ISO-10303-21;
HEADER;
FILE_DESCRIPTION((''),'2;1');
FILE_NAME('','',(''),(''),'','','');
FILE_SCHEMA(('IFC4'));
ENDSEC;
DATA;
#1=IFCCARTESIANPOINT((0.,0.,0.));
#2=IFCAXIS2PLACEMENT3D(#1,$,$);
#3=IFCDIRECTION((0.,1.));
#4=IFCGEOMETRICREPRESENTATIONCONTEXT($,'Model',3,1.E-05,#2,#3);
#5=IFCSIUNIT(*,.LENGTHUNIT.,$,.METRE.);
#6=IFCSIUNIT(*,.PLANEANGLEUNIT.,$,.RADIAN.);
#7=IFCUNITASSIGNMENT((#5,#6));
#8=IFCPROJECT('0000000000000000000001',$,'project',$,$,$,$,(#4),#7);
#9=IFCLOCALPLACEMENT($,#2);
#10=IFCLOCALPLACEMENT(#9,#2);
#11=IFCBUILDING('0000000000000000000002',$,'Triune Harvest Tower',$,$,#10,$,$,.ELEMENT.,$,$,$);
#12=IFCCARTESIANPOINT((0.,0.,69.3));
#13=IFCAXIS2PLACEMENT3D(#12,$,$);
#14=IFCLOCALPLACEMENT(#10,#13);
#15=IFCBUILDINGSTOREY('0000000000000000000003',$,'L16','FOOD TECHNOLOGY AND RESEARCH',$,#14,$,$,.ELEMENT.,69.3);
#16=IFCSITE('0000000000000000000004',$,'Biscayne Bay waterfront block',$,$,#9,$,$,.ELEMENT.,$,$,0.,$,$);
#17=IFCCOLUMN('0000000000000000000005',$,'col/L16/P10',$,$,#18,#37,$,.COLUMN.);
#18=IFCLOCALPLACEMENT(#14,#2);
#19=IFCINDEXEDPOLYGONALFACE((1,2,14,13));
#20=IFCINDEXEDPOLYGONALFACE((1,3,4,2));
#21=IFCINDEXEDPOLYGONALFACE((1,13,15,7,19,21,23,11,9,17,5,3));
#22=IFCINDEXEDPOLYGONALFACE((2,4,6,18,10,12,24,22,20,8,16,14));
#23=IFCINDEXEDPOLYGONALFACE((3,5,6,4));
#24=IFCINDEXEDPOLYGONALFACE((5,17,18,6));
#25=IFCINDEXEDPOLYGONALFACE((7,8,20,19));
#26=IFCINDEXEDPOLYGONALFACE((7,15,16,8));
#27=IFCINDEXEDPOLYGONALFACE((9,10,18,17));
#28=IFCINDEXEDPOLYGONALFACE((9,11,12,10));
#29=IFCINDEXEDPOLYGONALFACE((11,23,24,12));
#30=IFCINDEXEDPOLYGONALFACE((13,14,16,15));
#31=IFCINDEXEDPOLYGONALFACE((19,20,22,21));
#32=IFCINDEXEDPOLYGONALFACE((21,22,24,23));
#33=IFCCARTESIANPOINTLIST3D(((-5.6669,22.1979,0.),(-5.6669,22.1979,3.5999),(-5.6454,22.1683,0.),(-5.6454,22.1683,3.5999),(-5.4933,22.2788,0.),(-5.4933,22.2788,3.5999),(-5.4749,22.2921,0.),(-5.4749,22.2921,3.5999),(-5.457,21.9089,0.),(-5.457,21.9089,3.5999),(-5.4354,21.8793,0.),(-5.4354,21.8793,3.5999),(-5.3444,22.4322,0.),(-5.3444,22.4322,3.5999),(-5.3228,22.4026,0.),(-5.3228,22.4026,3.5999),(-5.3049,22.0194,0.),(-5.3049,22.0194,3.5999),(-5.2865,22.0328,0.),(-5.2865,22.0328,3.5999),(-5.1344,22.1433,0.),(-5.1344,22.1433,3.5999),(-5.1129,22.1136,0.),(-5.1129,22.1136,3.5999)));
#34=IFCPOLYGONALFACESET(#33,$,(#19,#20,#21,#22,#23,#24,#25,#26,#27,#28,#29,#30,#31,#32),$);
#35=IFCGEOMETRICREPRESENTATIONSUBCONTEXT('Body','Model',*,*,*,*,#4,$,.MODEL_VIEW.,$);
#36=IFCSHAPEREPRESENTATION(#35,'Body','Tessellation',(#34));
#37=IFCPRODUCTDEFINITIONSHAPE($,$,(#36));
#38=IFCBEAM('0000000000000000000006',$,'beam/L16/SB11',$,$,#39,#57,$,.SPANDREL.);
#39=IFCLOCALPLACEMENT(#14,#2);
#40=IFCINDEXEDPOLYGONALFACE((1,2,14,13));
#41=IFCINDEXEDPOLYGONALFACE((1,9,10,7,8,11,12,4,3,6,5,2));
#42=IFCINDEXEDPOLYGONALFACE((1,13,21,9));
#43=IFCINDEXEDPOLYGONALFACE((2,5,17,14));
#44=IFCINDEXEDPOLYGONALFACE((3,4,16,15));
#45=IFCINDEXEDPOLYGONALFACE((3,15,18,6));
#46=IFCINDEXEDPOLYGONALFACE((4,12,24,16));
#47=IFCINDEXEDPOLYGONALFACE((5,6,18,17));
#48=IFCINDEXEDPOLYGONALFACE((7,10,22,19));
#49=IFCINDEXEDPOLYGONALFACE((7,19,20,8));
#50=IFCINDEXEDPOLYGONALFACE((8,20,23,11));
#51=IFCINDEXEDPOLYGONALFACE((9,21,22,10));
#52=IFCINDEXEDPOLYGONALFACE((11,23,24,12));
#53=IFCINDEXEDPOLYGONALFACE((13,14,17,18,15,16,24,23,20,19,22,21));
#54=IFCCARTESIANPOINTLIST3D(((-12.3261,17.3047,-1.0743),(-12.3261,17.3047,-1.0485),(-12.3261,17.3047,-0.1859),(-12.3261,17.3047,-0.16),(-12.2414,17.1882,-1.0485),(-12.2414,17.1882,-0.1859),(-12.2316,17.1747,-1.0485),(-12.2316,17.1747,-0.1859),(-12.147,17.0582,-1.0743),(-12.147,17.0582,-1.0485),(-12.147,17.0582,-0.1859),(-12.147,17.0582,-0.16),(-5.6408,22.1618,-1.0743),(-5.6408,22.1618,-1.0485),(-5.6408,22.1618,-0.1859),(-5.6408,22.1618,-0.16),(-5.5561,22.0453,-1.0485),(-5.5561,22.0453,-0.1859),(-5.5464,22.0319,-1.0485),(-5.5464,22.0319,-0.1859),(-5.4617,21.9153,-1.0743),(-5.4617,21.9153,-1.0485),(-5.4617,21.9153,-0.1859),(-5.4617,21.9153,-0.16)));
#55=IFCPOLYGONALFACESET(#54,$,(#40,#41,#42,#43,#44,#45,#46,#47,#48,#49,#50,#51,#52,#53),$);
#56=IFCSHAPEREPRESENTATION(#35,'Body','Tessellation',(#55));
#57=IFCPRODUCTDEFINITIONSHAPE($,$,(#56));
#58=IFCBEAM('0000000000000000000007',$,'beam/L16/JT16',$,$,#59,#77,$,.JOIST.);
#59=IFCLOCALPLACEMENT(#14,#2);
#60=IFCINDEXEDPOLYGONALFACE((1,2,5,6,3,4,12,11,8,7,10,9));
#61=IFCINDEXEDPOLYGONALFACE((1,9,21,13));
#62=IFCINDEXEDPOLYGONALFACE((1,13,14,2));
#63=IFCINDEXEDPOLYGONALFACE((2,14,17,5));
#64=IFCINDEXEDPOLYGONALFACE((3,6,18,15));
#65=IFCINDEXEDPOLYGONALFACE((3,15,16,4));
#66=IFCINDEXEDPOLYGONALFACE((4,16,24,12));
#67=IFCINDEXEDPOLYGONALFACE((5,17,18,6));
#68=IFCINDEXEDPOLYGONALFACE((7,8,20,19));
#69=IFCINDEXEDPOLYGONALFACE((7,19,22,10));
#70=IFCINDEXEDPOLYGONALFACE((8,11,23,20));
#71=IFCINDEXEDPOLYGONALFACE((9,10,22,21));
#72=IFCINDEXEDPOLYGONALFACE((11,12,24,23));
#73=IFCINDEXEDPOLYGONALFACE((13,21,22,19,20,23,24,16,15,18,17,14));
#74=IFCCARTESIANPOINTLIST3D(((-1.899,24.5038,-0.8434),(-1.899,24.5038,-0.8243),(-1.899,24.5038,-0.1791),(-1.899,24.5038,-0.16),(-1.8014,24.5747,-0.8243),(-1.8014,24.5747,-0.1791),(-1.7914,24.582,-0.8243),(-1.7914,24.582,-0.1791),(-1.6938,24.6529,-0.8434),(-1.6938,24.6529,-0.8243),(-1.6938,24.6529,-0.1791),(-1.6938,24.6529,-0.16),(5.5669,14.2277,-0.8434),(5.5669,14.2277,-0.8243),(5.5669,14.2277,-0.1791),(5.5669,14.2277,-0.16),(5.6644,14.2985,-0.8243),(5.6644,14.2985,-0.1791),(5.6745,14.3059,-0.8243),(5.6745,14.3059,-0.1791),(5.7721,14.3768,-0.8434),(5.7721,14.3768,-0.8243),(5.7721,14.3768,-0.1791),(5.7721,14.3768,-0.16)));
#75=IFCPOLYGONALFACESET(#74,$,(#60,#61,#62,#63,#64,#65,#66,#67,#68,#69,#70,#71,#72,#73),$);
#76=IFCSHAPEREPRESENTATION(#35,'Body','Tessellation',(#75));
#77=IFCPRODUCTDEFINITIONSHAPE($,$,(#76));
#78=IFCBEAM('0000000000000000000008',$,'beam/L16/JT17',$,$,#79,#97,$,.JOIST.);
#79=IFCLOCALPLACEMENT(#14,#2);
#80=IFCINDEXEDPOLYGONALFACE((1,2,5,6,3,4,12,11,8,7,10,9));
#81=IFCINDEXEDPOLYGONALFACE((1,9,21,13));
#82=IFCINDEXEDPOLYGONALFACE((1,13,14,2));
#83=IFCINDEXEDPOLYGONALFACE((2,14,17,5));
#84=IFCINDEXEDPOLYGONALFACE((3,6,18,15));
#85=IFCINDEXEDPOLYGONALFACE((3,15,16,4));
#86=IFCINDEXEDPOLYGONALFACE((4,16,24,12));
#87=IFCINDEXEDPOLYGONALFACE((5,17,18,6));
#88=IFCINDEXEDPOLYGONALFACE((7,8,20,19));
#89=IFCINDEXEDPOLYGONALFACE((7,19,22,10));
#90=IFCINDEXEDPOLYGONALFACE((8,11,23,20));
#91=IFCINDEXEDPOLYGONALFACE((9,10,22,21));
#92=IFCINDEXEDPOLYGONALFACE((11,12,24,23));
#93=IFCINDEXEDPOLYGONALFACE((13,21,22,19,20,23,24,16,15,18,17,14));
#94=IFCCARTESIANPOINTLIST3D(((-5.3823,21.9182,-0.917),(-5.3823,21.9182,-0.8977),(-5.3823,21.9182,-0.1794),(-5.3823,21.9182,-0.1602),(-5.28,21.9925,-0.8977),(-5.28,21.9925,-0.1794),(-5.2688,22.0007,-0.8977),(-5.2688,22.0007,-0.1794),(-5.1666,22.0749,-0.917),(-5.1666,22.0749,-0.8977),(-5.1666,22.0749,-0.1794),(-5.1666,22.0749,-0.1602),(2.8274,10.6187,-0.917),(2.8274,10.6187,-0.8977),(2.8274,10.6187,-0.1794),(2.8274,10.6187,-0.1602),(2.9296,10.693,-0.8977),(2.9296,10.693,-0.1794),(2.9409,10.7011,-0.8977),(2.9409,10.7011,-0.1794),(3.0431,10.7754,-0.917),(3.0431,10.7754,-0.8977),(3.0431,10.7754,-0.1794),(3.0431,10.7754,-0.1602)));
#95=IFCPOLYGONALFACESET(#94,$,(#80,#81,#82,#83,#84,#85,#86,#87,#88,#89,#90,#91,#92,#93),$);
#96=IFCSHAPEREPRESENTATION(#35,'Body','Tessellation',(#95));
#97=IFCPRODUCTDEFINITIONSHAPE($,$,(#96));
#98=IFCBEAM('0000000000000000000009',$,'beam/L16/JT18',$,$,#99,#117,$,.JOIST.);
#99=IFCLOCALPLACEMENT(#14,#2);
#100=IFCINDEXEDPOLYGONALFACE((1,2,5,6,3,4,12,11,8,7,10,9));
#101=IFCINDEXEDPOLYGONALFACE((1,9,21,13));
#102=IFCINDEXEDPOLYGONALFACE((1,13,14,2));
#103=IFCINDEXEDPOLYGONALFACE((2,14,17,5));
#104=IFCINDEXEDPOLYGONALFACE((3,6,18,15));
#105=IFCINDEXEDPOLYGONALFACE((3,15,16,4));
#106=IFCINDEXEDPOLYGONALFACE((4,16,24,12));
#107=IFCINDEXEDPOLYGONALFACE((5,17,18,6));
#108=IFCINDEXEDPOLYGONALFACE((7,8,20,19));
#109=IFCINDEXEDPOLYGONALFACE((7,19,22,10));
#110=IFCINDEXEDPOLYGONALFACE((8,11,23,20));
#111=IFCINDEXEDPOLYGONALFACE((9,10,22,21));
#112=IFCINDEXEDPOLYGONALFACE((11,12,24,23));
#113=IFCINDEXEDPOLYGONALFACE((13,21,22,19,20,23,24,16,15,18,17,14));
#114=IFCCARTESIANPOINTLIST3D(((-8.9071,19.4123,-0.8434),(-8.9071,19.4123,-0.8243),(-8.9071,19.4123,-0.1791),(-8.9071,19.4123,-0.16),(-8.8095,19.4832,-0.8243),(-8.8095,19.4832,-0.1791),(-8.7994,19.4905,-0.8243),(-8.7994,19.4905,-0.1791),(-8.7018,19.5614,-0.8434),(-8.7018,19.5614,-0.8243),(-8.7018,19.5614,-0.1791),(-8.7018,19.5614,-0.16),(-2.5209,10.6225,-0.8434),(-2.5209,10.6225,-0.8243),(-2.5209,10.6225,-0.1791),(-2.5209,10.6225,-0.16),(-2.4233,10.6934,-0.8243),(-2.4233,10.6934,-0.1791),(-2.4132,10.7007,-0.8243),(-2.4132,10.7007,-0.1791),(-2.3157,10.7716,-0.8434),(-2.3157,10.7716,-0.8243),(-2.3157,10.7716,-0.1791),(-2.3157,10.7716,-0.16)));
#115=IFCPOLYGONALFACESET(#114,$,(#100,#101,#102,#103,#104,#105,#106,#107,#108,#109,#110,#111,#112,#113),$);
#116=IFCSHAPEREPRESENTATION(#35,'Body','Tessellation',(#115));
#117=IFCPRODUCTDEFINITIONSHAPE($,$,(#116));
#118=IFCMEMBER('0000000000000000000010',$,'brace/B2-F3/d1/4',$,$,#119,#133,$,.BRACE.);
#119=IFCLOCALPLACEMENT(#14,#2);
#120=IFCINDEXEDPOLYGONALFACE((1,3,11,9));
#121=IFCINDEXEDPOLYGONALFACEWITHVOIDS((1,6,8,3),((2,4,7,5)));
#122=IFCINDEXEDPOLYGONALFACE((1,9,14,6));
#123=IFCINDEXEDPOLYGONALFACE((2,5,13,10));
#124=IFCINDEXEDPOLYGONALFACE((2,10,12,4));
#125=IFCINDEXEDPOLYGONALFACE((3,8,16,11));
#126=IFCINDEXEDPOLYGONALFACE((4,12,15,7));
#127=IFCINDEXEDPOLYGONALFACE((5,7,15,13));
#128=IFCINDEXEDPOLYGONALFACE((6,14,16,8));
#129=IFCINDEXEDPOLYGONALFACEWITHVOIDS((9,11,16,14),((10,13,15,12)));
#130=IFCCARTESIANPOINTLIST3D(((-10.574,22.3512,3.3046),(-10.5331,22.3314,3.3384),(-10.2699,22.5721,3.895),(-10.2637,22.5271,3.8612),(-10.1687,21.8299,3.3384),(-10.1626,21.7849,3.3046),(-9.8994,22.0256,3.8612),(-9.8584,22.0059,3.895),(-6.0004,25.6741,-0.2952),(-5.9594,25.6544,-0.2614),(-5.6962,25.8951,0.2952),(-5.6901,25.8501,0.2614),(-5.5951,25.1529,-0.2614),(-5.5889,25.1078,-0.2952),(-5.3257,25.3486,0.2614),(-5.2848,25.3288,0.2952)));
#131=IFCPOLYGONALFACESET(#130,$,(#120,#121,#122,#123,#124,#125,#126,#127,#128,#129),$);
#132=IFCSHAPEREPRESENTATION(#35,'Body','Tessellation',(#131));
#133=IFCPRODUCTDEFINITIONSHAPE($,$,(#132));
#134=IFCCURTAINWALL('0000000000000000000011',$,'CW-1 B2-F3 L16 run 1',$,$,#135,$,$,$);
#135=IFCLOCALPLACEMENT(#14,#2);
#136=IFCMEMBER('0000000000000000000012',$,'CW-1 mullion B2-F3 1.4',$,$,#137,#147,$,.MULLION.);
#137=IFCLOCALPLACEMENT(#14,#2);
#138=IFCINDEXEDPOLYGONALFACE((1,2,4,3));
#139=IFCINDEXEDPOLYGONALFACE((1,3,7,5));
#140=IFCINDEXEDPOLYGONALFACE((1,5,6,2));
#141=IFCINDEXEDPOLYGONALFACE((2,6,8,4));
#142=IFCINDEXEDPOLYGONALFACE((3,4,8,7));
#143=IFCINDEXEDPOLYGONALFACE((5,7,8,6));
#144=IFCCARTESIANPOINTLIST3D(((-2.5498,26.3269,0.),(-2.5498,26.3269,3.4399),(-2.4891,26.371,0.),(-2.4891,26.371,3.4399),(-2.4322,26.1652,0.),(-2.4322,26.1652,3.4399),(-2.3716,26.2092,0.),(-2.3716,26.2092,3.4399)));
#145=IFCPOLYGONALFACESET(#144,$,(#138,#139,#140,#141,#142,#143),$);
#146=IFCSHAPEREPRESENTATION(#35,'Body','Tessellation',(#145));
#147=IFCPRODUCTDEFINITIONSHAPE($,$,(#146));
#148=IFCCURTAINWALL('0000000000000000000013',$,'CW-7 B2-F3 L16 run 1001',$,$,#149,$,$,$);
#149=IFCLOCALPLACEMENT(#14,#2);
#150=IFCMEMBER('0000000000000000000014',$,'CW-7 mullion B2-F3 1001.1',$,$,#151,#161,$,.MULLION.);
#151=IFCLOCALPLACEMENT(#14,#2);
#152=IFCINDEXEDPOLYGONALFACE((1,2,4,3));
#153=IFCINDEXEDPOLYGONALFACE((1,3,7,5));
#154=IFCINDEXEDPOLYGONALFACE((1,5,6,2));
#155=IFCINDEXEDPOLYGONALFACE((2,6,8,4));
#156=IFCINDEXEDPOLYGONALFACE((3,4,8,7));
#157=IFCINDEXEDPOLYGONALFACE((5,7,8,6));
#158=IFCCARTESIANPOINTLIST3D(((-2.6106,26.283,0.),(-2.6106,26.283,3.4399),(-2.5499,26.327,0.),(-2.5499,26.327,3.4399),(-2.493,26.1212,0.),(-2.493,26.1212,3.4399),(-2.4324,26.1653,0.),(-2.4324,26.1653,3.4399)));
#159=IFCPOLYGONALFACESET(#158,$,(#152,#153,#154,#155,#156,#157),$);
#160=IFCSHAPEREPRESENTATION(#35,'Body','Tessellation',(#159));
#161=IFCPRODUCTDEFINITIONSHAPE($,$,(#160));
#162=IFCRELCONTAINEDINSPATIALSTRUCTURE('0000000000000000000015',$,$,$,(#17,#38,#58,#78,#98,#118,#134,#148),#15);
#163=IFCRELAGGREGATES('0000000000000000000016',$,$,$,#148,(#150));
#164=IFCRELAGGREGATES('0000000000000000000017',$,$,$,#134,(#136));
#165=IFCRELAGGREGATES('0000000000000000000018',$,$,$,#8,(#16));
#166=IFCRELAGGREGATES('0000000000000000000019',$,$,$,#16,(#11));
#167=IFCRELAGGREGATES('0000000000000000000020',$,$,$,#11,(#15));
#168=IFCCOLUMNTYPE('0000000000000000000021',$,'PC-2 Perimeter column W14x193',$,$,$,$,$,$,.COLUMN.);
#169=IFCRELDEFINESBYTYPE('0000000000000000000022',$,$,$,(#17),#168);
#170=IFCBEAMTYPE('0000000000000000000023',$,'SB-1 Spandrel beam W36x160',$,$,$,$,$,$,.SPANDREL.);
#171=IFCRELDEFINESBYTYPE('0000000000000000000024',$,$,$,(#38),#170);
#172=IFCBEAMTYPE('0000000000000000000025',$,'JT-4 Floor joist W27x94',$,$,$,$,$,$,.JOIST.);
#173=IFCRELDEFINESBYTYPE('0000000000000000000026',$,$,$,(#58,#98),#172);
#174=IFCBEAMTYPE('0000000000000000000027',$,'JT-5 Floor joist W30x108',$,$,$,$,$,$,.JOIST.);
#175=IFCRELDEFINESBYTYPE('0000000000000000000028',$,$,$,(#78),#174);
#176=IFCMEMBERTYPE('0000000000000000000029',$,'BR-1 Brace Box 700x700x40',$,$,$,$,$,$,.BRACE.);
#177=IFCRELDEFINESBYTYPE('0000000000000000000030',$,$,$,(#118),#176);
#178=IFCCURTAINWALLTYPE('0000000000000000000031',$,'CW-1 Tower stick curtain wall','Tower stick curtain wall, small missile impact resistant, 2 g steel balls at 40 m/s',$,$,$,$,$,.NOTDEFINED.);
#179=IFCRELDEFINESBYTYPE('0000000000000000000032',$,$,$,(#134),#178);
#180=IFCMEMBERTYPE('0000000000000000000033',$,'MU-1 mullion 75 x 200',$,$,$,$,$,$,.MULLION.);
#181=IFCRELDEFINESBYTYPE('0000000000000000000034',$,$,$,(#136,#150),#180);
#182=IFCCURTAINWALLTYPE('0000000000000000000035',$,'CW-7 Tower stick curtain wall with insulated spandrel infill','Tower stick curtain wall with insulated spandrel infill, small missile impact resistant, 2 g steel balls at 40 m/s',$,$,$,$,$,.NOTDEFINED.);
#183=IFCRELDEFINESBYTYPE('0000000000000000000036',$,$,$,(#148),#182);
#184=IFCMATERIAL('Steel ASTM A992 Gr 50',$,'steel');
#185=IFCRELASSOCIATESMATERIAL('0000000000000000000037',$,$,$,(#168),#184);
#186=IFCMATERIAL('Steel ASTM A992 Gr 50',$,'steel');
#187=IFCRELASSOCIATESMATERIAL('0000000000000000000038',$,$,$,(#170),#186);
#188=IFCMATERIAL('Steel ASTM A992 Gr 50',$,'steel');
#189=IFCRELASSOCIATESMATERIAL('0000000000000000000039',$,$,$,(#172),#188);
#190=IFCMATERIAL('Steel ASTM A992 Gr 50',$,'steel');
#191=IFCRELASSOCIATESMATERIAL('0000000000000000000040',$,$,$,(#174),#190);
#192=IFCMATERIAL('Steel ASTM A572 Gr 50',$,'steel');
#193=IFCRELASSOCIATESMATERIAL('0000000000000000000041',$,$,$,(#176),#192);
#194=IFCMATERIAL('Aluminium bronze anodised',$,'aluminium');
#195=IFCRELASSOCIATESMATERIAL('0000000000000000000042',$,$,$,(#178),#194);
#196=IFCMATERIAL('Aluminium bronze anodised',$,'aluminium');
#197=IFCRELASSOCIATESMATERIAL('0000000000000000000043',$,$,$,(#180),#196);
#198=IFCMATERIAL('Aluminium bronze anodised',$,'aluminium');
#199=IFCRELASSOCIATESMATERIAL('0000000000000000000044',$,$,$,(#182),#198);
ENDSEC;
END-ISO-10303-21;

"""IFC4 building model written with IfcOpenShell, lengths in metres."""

from ifc_helpers import new_model, si_unit, direction, frame, origin, origin_2d, place, context, subcontext, project, spatial, rectangle, hollow_rectangle, i_section, extrude, source, transform, mapped, material, material_profile, profile_set, type_object, element, aggregate, save


model = new_model("IFC4")

# Units and contexts
model_context = context("Model", 3, precision=1e-05, world=origin(), true_north=direction((0.0, 1.0)))
body_context = subcontext(model_context, "Body", "Model", "MODEL_VIEW")
ifc_project = project(units=[si_unit("LENGTHUNIT", "METRE"), si_unit("PLANEANGLEUNIT", "RADIAN")], contexts=[model_context])

# Site, building, storey
site_placement = place(None, origin())
site = spatial("IfcSite", under=ifc_project, at=site_placement, Name="Biscayne Bay waterfront block", CompositionType="ELEMENT", RefElevation=0.0)
building_placement = place(site_placement, origin())
building = spatial("IfcBuilding", under=site, at=building_placement, Name="Triune Harvest Tower", CompositionType="ELEMENT")
storey_placement = place(building_placement, frame((0.0, 0.0, 69.3)))
storey = spatial("IfcBuildingStorey", under=building, at=storey_placement, Name="L16", Description="FOOD TECHNOLOGY AND RESEARCH", CompositionType="ELEMENT", Elevation=69.3)

# Column
ifc_material_1 = material(Name="Steel ASTM A992 Gr 50", Category="steel")
ifc_material_profile_1 = material_profile(ifc_material_1, i_section(OverallWidth=0.3987, OverallDepth=0.3938, WebThickness=0.0227, FlangeThickness=0.0366, at=origin_2d()), Name="W14x193")
ifc_profile_set_1 = profile_set([ifc_material_profile_1], Name="Steel ASTM A992 Gr 50")
column_type = type_object("IfcColumnType", Name="PC-2 Perimeter column W14x193", PredefinedType="COLUMN", material=ifc_profile_set_1)
shared_shape_1 = source(origin(), body_context, "Body", "SweptSolid", [
    extrude(i_section(OverallWidth=0.3987, OverallDepth=0.3938, WebThickness=0.0227, FlangeThickness=0.0366, at=origin_2d()), origin(), (0.0, 0.0, 1.0), 3.5999),
])
column_placement = place(storey_placement, frame((-5.3899, 22.1558, 0.0), z_axis=(0.0, 0.0, 1.0), x_axis=(-0.809017, -0.587785, 0.0)))
element("IfcColumn", 1, at=column_placement, inside=storey, type_object=column_type, Name="col/L16/P10", PredefinedType="COLUMN", context=body_context, shape_type="MappedRepresentation", body=[
    mapped(shared_shape_1, transform((0.0, 0.0, 0.0), scale=1.0)),
])

# Beams
ifc_material_2 = material(Name="Steel ASTM A992 Gr 50", Category="steel")
ifc_material_profile_2 = material_profile(ifc_material_2, i_section(OverallWidth=0.3047, OverallDepth=0.9143, WebThickness=0.0166, FlangeThickness=0.0259, at=origin_2d()), Name="W36x160")
ifc_profile_set_2 = profile_set([ifc_material_profile_2], Name="Steel ASTM A992 Gr 50")
beam_type_1 = type_object("IfcBeamType", Name="SB-1 Spandrel beam W36x160", PredefinedType="SPANDREL", material=ifc_profile_set_2)
shared_shape_2 = source(origin(), body_context, "Body", "SweptSolid", [
    extrude(i_section(OverallWidth=0.3047, OverallDepth=0.9143, WebThickness=0.0166, FlangeThickness=0.0259, at=origin_2d()), origin(), (0.0, 0.0, 1.0), 8.2634),
])
beam_1_placement = place(storey_placement, frame((-5.5513, 22.0386, -0.6172), z_axis=(-0.809016, -0.587787, 0.0), x_axis=(0.587787, -0.809016, 0.0)))
element("IfcBeam", 2, at=beam_1_placement, inside=storey, type_object=beam_type_1, Name="beam/L16/SB11", PredefinedType="SPANDREL", context=body_context, shape_type="MappedRepresentation", body=[
    mapped(shared_shape_2, transform((0.0, 0.0, 0.0), scale=1.0)),
])
ifc_material_3 = material(Name="Steel ASTM A992 Gr 50", Category="steel")
ifc_material_profile_3 = material_profile(ifc_material_3, i_section(OverallWidth=0.2537, OverallDepth=0.6833, WebThickness=0.0125, FlangeThickness=0.019, at=origin_2d()), Name="W27x94")
ifc_profile_set_3 = profile_set([ifc_material_profile_3], Name="Steel ASTM A992 Gr 50")
beam_type_2 = type_object("IfcBeamType", Name="JT-4 Floor joist W27x94", PredefinedType="JOIST", material=ifc_profile_set_3)
shared_shape_3 = source(origin(), body_context, "Body", "SweptSolid", [
    extrude(i_section(OverallWidth=0.2537, OverallDepth=0.6833, WebThickness=0.0125, FlangeThickness=0.019, at=origin_2d()), origin(), (0.0, 0.0, 1.0), 12.7019),
])
beam_2_placement = place(storey_placement, frame((-1.7964, 24.5784, -0.5017), z_axis=(0.587774, -0.809025, 0.0), x_axis=(0.809025, 0.587774, 0.0)))
element("IfcBeam", 3, at=beam_2_placement, inside=storey, type_object=beam_type_2, Name="beam/L16/JT16", PredefinedType="JOIST", context=body_context, shape_type="MappedRepresentation", body=[
    mapped(shared_shape_3, transform((0.0, 0.0, 0.0), scale=1.0)),
])
ifc_material_4 = material(Name="Steel ASTM A992 Gr 50", Category="steel")
ifc_material_profile_4 = material_profile(ifc_material_4, i_section(OverallWidth=0.2666, OverallDepth=0.7568, WebThickness=0.0139, FlangeThickness=0.0193, at=origin_2d()), Name="W30x108")
ifc_profile_set_4 = profile_set([ifc_material_profile_4], Name="Steel ASTM A992 Gr 50")
beam_type_3 = type_object("IfcBeamType", Name="JT-5 Floor joist W30x108", PredefinedType="JOIST", material=ifc_profile_set_4)
shared_shape_4 = source(origin(), body_context, "Body", "SweptSolid", [
    extrude(i_section(OverallWidth=0.2666, OverallDepth=0.7568, WebThickness=0.0139, FlangeThickness=0.0193, at=origin_2d()), origin(), (0.0, 0.0, 1.0), 13.967),
])
beam_3_placement = place(storey_placement, frame((-5.2744, 21.9966, -0.5386), z_axis=(0.58779, -0.809013, 0.0), x_axis=(0.809013, 0.58779, 0.0)))
element("IfcBeam", 4, at=beam_3_placement, inside=storey, type_object=beam_type_3, Name="beam/L16/JT17", PredefinedType="JOIST", context=body_context, shape_type="MappedRepresentation", body=[
    mapped(shared_shape_4, transform((0.0, 0.0, 0.0), scale=1.0)),
])
shared_shape_5 = source(origin(), body_context, "Body", "SweptSolid", [
    extrude(i_section(OverallWidth=0.2537, OverallDepth=0.6833, WebThickness=0.0125, FlangeThickness=0.019, at=origin_2d()), origin(), (0.0, 0.0, 1.0), 10.8647),
])
beam_4_placement = place(storey_placement, frame((-8.8044, 19.4868, -0.5017), z_axis=(0.58779, -0.809014, 0.0), x_axis=(0.809014, 0.58779, 0.0)))
element("IfcBeam", 5, at=beam_4_placement, inside=storey, type_object=beam_type_2, Name="beam/L16/JT18", PredefinedType="JOIST", context=body_context, shape_type="MappedRepresentation", body=[
    mapped(shared_shape_5, transform((0.0, 0.0, 0.0), scale=1.0)),
])

# Member
ifc_material_5 = material(Name="Steel ASTM A572 Gr 50", Category="steel")
ifc_material_profile_5 = material_profile(ifc_material_5, hollow_rectangle(XDim=0.7, YDim=0.7, WallThickness=0.04, at=origin_2d()), Name="Box 700x700x40")
ifc_profile_set_5 = profile_set([ifc_material_profile_5], Name="Steel ASTM A572 Gr 50")
member_type_1 = type_object("IfcMemberType", Name="BR-1 Brace Box 700x700x40", PredefinedType="BRACE", material=ifc_profile_set_5)
shared_shape_6 = source(origin(), body_context, "Body", "SweptSolid", [
    extrude(hollow_rectangle(XDim=0.7, YDim=0.7, WallThickness=0.04, at=origin_2d()), origin(), (0.0, 0.0, 1.0), 6.7021),
])
member_1_placement = place(storey_placement, frame((-5.6426, 25.5015, 0.0), z_axis=(-0.682416, -0.495803, 0.53711), x_axis=(0.587784, -0.809018, 0.0)))
element("IfcMember", 6, at=member_1_placement, inside=storey, type_object=member_type_1, Name="brace/B2-F3/d1/4", PredefinedType="BRACE", context=body_context, shape_type="MappedRepresentation", body=[
    mapped(shared_shape_6, transform((0.0, 0.0, 0.0), scale=1.0)),
])

# Curtain wall, member
ifc_material_6 = material(Name="Aluminium bronze anodised", Category="aluminium")
curtain_wall_type_1 = type_object("IfcCurtainWallType", Name="CW-1 Tower stick curtain wall", Description="Tower stick curtain wall, small missile impact resistant, 2 g steel balls at 40 m/s", PredefinedType="NOTDEFINED", material=ifc_material_6)
curtain_wall_1_placement = place(storey_placement, origin())
curtain_wall_1 = element("IfcCurtainWall", 7, at=curtain_wall_1_placement, inside=storey, type_object=curtain_wall_type_1, Name="CW-1 B2-F3 L16 run 1")
ifc_material_7 = material(Name="Aluminium bronze anodised", Category="aluminium")
ifc_material_profile_6 = material_profile(ifc_material_7, rectangle(XDim=0.2, YDim=0.075, at=origin_2d()), Name="MU-1 mullion 75 x 200")
ifc_profile_set_6 = profile_set([ifc_material_profile_6], Name="Aluminium bronze anodised")
member_type_2 = type_object("IfcMemberType", Name="MU-1 mullion 75 x 200", PredefinedType="MULLION", material=ifc_profile_set_6)
shared_shape_7 = source(origin(), body_context, "Body", "SweptSolid", [
    extrude(rectangle(XDim=0.2, YDim=0.075, at=origin_2d()), origin(), (0.0, 0.0, 1.0), 3.4399),
])
member_2_placement = place(storey_placement, frame((-2.4607, 26.2681, 0.0), z_axis=(0.0, 0.0, 1.0), x_axis=(0.587785, -0.809017, 0.0)))
member_2 = element("IfcMember", 8, at=member_2_placement, type_object=member_type_2, Name="CW-1 mullion B2-F3 1.4", PredefinedType="MULLION", context=body_context, shape_type="MappedRepresentation", body=[
    mapped(shared_shape_7, transform((0.0, 0.0, 0.0), scale=1.0)),
])

# Curtain wall, member
ifc_material_8 = material(Name="Aluminium bronze anodised", Category="aluminium")
curtain_wall_type_2 = type_object("IfcCurtainWallType", Name="CW-7 Tower stick curtain wall with insulated spandrel infill", Description="Tower stick curtain wall with insulated spandrel infill, small missile impact resistant, 2 g steel balls at 40 m/s", PredefinedType="NOTDEFINED", material=ifc_material_8)
curtain_wall_2_placement = place(storey_placement, origin())
curtain_wall_2 = element("IfcCurtainWall", 9, at=curtain_wall_2_placement, inside=storey, type_object=curtain_wall_type_2, Name="CW-7 B2-F3 L16 run 1001")
member_3_placement = place(storey_placement, frame((-2.5215, 26.2241, 0.0), z_axis=(0.0, 0.0, 1.0), x_axis=(0.587787, -0.809016, 0.0)))
member_3 = element("IfcMember", 10, at=member_3_placement, type_object=member_type_2, Name="CW-7 mullion B2-F3 1001.1", PredefinedType="MULLION", context=body_context, shape_type="MappedRepresentation", body=[
    mapped(shared_shape_7, transform((0.0, 0.0, 0.0), scale=1.0)),
])
aggregate(curtain_wall_2, [member_3])

aggregate(curtain_wall_1, [member_2])

save(model, "model.ifc")
